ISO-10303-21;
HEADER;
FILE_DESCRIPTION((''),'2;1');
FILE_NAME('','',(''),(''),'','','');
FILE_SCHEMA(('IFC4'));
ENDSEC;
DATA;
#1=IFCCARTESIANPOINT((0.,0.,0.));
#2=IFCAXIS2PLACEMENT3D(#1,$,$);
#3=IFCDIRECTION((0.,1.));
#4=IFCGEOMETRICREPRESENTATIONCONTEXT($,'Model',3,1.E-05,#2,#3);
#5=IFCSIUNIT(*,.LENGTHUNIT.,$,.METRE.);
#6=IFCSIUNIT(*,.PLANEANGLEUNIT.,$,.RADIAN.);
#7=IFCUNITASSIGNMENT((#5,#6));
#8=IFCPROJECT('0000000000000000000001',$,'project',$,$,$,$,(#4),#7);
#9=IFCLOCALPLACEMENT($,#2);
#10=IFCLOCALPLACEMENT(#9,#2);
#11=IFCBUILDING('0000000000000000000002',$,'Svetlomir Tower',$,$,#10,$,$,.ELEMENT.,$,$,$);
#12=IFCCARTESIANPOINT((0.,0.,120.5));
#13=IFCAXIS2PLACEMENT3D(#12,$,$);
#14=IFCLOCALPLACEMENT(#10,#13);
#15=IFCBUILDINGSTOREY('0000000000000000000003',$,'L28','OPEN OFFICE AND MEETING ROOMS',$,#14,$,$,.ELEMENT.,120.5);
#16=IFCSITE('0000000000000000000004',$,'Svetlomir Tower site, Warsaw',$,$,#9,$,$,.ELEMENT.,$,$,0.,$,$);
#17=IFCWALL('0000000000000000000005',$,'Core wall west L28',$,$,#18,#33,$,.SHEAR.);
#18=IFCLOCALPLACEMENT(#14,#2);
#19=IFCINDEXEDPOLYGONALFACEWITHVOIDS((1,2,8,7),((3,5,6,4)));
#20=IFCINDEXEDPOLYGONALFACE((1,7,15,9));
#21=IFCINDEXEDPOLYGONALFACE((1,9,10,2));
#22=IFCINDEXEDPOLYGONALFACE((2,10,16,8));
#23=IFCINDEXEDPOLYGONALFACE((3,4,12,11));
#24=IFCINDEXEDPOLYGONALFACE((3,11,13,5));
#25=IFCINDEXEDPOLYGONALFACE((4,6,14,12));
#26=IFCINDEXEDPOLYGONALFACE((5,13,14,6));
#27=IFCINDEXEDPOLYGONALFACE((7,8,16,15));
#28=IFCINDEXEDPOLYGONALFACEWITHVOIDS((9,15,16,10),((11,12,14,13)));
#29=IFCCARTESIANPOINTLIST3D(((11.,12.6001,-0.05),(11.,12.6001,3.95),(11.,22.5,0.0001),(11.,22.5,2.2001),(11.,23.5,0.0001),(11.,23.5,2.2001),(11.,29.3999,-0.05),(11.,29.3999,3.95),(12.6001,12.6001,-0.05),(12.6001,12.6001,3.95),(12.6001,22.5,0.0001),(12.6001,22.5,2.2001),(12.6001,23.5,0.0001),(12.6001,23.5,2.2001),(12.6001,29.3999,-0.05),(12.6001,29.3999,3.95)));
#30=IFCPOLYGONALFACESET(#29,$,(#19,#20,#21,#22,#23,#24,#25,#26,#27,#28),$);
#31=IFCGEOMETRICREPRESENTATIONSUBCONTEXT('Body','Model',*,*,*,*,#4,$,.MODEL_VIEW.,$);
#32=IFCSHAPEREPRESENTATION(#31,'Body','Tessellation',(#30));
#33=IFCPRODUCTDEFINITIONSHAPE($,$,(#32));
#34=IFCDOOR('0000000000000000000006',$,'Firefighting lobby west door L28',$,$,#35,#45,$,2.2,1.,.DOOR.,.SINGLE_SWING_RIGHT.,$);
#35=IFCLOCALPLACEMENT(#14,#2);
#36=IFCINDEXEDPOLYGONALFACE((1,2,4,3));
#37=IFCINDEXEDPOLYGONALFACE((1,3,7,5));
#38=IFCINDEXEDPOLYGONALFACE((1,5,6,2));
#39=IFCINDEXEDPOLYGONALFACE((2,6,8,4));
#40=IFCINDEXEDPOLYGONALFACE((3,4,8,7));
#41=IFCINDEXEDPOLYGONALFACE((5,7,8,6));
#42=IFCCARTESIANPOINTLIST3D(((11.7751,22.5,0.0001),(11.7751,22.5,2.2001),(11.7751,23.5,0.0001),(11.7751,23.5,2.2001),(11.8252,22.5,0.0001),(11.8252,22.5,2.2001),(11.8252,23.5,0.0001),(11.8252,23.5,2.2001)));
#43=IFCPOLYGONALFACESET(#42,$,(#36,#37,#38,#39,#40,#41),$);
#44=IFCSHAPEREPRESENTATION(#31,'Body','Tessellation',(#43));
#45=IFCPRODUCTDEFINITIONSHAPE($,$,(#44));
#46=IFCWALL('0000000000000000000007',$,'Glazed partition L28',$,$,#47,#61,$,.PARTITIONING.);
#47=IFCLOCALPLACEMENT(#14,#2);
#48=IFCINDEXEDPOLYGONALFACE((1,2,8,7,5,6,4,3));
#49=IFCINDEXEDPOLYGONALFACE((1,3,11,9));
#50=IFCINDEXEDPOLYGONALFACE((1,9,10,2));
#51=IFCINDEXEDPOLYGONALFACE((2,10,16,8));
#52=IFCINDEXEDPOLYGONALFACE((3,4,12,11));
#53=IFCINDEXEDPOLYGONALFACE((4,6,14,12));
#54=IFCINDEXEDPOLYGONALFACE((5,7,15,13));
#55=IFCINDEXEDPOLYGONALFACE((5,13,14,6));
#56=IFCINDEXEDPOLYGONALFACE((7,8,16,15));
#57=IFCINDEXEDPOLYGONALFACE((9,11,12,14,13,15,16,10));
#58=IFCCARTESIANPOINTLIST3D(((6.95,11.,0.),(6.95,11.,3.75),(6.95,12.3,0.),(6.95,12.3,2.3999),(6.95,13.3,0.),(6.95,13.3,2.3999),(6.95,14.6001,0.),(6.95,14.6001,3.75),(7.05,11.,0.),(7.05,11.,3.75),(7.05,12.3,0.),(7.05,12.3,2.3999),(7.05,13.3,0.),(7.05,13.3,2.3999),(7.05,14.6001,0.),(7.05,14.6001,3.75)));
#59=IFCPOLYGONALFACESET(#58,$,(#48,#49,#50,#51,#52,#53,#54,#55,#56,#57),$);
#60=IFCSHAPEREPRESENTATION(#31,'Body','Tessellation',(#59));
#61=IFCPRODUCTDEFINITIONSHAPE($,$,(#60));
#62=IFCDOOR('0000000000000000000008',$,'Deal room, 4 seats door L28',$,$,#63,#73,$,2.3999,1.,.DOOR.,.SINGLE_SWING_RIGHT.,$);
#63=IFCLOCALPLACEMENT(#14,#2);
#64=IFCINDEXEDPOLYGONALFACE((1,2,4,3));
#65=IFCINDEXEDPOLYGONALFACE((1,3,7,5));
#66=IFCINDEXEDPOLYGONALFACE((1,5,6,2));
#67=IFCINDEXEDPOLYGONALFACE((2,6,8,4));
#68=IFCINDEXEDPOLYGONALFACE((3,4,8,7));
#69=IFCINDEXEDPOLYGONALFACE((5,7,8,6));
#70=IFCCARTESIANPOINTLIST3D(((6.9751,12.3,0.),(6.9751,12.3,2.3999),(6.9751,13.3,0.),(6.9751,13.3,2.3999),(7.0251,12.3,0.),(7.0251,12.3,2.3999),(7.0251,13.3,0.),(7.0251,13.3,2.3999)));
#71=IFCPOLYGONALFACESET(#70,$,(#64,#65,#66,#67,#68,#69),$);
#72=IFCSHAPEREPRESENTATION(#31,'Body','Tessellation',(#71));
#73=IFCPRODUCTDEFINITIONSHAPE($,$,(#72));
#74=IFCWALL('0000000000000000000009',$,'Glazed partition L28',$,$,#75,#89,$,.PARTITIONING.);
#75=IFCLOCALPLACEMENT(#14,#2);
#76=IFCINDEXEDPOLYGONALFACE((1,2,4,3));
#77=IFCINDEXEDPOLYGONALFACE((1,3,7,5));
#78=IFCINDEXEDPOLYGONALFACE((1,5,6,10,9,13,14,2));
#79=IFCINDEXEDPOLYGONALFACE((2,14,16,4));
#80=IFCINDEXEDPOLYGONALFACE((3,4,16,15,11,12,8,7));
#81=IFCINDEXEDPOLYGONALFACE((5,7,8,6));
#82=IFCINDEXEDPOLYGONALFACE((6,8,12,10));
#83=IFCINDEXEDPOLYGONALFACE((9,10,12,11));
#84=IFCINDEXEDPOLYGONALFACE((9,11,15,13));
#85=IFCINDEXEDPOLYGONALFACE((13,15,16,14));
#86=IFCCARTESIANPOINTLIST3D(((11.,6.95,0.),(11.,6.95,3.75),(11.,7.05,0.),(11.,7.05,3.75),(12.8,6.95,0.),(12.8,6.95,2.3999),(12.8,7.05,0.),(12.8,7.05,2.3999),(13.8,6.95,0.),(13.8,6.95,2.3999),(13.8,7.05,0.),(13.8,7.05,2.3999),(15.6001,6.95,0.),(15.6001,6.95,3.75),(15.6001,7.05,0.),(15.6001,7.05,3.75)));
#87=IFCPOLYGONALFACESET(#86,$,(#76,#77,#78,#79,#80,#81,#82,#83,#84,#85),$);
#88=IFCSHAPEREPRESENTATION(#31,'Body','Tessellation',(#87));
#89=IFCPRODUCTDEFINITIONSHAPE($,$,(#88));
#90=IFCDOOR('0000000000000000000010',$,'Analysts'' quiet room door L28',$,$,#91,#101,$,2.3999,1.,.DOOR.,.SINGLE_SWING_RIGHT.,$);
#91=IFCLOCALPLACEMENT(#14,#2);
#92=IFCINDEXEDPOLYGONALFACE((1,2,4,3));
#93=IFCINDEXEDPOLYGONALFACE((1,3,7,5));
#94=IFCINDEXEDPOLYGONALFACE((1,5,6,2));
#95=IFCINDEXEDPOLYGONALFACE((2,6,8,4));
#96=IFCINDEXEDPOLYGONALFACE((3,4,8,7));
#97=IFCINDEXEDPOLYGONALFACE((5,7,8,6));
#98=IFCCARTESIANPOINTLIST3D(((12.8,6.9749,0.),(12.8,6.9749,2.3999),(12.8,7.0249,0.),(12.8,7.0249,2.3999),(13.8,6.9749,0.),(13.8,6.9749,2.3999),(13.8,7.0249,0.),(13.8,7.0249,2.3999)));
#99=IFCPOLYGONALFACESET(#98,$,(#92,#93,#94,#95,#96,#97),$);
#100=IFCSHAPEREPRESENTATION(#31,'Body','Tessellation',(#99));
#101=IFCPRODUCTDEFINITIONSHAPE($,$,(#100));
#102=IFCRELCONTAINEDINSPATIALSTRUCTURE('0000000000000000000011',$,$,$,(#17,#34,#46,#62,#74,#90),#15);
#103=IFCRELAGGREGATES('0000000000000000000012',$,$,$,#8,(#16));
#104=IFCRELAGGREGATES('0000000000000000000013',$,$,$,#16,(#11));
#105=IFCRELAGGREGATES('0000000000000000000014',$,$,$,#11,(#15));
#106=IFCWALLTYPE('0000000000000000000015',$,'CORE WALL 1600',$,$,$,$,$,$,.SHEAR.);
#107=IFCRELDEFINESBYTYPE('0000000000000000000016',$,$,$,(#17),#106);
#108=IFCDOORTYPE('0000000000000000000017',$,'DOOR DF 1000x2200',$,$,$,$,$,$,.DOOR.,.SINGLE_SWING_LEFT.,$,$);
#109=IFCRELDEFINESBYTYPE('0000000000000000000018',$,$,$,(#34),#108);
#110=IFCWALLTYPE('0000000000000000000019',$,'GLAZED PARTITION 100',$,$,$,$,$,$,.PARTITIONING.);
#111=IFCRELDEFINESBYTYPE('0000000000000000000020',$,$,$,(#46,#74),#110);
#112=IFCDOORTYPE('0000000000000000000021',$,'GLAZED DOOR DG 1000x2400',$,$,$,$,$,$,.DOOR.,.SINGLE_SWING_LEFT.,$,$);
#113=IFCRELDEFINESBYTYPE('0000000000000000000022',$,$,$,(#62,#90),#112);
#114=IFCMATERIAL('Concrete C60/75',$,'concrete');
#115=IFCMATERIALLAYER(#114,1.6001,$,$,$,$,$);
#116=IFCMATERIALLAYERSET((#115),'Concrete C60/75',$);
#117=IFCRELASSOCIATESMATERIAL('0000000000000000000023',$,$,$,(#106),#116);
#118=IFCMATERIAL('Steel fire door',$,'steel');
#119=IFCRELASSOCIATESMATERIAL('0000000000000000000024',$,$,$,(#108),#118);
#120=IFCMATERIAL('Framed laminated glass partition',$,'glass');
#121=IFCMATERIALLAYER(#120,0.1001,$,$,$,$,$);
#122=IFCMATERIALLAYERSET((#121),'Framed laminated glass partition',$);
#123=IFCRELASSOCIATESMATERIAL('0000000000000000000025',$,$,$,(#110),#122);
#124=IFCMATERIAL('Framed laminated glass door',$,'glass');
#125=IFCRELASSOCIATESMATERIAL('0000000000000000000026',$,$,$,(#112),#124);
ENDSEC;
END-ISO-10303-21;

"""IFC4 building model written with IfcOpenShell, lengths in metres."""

from ifc_helpers import new_model, si_unit, direction, frame, frame_2d, origin, place, context, subcontext, project, spatial, rectangle, extrude, material, layer, layer_set, type_object, element, fill, save


model = new_model("IFC4")

# Units and contexts
model_context = context("Model", 3, precision=1e-05, world=origin(), true_north=direction((0.0, 1.0)))
body_context = subcontext(model_context, "Body", "Model", "MODEL_VIEW")
ifc_project = project(units=[si_unit("LENGTHUNIT", "METRE"), si_unit("PLANEANGLEUNIT", "RADIAN")], contexts=[model_context])

# Site, building, storey
site_placement = place(None, origin())
site = spatial("IfcSite", under=ifc_project, at=site_placement, Name="Svetlomir Tower site, Warsaw", CompositionType="ELEMENT", RefElevation=0.0)
building_placement = place(site_placement, origin())
building = spatial("IfcBuilding", under=site, at=building_placement, Name="Svetlomir Tower", CompositionType="ELEMENT")
storey_placement = place(building_placement, frame((0.0, 0.0, 120.5)))
storey = spatial("IfcBuildingStorey", under=building, at=storey_placement, Name="L28", Description="OPEN OFFICE AND MEETING ROOMS", CompositionType="ELEMENT", Elevation=120.5)

# Walls, openings, doors
ifc_material_1 = material(Name="Concrete C60/75", Category="concrete")
ifc_layer_1 = layer(ifc_material_1, 1.6001)
ifc_layer_set_1 = layer_set([ifc_layer_1], Name="Concrete C60/75")
wall_type_1 = type_object("IfcWallType", Name="CORE WALL 1600", PredefinedType="SHEAR", material=ifc_layer_set_1)
wall_1_placement = place(storey_placement, frame((11.8, 12.6001, -0.05), z_axis=(0.0, 0.0, 1.0), x_axis=(0.0, 1.0, 0.0)))
wall_1 = element("IfcWall", 1, at=wall_1_placement, inside=storey, type_object=wall_type_1, Name="Core wall west L28", PredefinedType="SHEAR", context=body_context, shape_type="SweptSolid", body=[
    extrude(rectangle(XDim=16.7998, YDim=1.6001, at=frame_2d((8.3999, 0.0))), origin(), (0.0, 0.0, 1.0), 4.0),
])
opening_1_placement = place(wall_1_placement, frame((9.8999, 0.0, 0.05)))
opening_1 = element("IfcOpeningElement", 2, at=opening_1_placement, cuts=wall_1, PredefinedType="OPENING", context=body_context, shape_type="SweptSolid", body=[
    extrude(rectangle(XDim=1.0, YDim=2.2, at=frame_2d((0.5, 1.1001))), frame((0.0, 0.8101, 0.0), z_axis=(0.0, -1.0, 0.0), x_axis=(1.0, 0.0, 0.0)), (0.0, 0.0, 1.0), 1.6201),
])
ifc_material_2 = material(Name="Steel fire door", Category="steel")
door_type_1 = type_object("IfcDoorType", Name="DOOR DF 1000x2200", OperationType="SINGLE_SWING_LEFT", PredefinedType="DOOR", material=ifc_material_2)
door_1_placement = place(opening_1_placement, origin())
door_1 = element("IfcDoor", 3, at=door_1_placement, inside=storey, type_object=door_type_1, Name="Firefighting lobby west door L28", OperationType="SINGLE_SWING_RIGHT", OverallHeight=2.2, OverallWidth=1.0, PredefinedType="DOOR", context=body_context, shape_type="SweptSolid", body=[
    extrude(rectangle(XDim=1.0, YDim=2.2, at=frame_2d((0.5, 1.1001))), frame((0.0, 0.0249, 0.0), z_axis=(0.0, -1.0, 0.0), x_axis=(1.0, 0.0, 0.0)), (0.0, 0.0, 1.0), 0.05),
])
fill(opening_1, door_1)
ifc_material_3 = material(Name="Framed laminated glass partition", Category="glass")
ifc_layer_2 = layer(ifc_material_3, 0.1001)
ifc_layer_set_2 = layer_set([ifc_layer_2], Name="Framed laminated glass partition")
wall_type_2 = type_object("IfcWallType", Name="GLAZED PARTITION 100", PredefinedType="PARTITIONING", material=ifc_layer_set_2)
wall_2_placement = place(storey_placement, frame((7.0, 11.0, 0.0), z_axis=(0.0, 0.0, 1.0), x_axis=(0.0, 1.0, 0.0)))
wall_2 = element("IfcWall", 4, at=wall_2_placement, inside=storey, type_object=wall_type_2, Name="Glazed partition L28", PredefinedType="PARTITIONING", context=body_context, shape_type="SweptSolid", body=[
    extrude(rectangle(XDim=3.6001, YDim=0.1001, at=frame_2d((1.8, 0.0))), origin(), (0.0, 0.0, 1.0), 3.75),
])
opening_2_placement = place(wall_2_placement, frame((1.3, 0.0, 0.0)))
opening_2 = element("IfcOpeningElement", 5, at=opening_2_placement, cuts=wall_2, PredefinedType="OPENING", context=body_context, shape_type="SweptSolid", body=[
    extrude(rectangle(XDim=1.0, YDim=2.3999, at=frame_2d((0.5, 1.2))), frame((0.0, 0.0601, 0.0), z_axis=(0.0, -1.0, 0.0), x_axis=(1.0, 0.0, 0.0)), (0.0, 0.0, 1.0), 0.1201),
])
ifc_material_4 = material(Name="Framed laminated glass door", Category="glass")
door_type_2 = type_object("IfcDoorType", Name="GLAZED DOOR DG 1000x2400", OperationType="SINGLE_SWING_LEFT", PredefinedType="DOOR", material=ifc_material_4)
door_2_placement = place(opening_2_placement, origin())
door_2 = element("IfcDoor", 6, at=door_2_placement, inside=storey, type_object=door_type_2, Name="Deal room, 4 seats door L28", OperationType="SINGLE_SWING_RIGHT", OverallHeight=2.3999, OverallWidth=1.0, PredefinedType="DOOR", context=body_context, shape_type="SweptSolid", body=[
    extrude(rectangle(XDim=1.0, YDim=2.3999, at=frame_2d((0.5, 1.2))), frame((0.0, 0.0249, 0.0), z_axis=(0.0, -1.0, 0.0), x_axis=(1.0, 0.0, 0.0)), (0.0, 0.0, 1.0), 0.05),
])
fill(opening_2, door_2)
wall_3_placement = place(storey_placement, frame((11.0, 7.0, 0.0), z_axis=(0.0, 0.0, 1.0), x_axis=(1.0, 0.0, 0.0)))
wall_3 = element("IfcWall", 7, at=wall_3_placement, inside=storey, type_object=wall_type_2, Name="Glazed partition L28", PredefinedType="PARTITIONING", context=body_context, shape_type="SweptSolid", body=[
    extrude(rectangle(XDim=4.6001, YDim=0.1001, at=frame_2d((2.3, 0.0))), origin(), (0.0, 0.0, 1.0), 3.75),
])
opening_3_placement = place(wall_3_placement, frame((1.8, 0.0, 0.0)))
opening_3 = element("IfcOpeningElement", 8, at=opening_3_placement, cuts=wall_3, PredefinedType="OPENING", context=body_context, shape_type="SweptSolid", body=[
    extrude(rectangle(XDim=1.0, YDim=2.3999, at=frame_2d((0.5, 1.2))), frame((0.0, 0.0601, 0.0), z_axis=(0.0, -1.0, 0.0), x_axis=(1.0, 0.0, 0.0)), (0.0, 0.0, 1.0), 0.1201),
])
door_3_placement = place(opening_3_placement, origin())
door_3 = element("IfcDoor", 9, at=door_3_placement, inside=storey, type_object=door_type_2, Name="Analysts' quiet room door L28", OperationType="SINGLE_SWING_RIGHT", OverallHeight=2.3999, OverallWidth=1.0, PredefinedType="DOOR", context=body_context, shape_type="SweptSolid", body=[
    extrude(rectangle(XDim=1.0, YDim=2.3999, at=frame_2d((0.5, 1.2))), frame((0.0, 0.0249, 0.0), z_axis=(0.0, -1.0, 0.0), x_axis=(1.0, 0.0, 0.0)), (0.0, 0.0, 1.0), 0.05),
])
fill(opening_3, door_3)

save(model, "model.ifc")
